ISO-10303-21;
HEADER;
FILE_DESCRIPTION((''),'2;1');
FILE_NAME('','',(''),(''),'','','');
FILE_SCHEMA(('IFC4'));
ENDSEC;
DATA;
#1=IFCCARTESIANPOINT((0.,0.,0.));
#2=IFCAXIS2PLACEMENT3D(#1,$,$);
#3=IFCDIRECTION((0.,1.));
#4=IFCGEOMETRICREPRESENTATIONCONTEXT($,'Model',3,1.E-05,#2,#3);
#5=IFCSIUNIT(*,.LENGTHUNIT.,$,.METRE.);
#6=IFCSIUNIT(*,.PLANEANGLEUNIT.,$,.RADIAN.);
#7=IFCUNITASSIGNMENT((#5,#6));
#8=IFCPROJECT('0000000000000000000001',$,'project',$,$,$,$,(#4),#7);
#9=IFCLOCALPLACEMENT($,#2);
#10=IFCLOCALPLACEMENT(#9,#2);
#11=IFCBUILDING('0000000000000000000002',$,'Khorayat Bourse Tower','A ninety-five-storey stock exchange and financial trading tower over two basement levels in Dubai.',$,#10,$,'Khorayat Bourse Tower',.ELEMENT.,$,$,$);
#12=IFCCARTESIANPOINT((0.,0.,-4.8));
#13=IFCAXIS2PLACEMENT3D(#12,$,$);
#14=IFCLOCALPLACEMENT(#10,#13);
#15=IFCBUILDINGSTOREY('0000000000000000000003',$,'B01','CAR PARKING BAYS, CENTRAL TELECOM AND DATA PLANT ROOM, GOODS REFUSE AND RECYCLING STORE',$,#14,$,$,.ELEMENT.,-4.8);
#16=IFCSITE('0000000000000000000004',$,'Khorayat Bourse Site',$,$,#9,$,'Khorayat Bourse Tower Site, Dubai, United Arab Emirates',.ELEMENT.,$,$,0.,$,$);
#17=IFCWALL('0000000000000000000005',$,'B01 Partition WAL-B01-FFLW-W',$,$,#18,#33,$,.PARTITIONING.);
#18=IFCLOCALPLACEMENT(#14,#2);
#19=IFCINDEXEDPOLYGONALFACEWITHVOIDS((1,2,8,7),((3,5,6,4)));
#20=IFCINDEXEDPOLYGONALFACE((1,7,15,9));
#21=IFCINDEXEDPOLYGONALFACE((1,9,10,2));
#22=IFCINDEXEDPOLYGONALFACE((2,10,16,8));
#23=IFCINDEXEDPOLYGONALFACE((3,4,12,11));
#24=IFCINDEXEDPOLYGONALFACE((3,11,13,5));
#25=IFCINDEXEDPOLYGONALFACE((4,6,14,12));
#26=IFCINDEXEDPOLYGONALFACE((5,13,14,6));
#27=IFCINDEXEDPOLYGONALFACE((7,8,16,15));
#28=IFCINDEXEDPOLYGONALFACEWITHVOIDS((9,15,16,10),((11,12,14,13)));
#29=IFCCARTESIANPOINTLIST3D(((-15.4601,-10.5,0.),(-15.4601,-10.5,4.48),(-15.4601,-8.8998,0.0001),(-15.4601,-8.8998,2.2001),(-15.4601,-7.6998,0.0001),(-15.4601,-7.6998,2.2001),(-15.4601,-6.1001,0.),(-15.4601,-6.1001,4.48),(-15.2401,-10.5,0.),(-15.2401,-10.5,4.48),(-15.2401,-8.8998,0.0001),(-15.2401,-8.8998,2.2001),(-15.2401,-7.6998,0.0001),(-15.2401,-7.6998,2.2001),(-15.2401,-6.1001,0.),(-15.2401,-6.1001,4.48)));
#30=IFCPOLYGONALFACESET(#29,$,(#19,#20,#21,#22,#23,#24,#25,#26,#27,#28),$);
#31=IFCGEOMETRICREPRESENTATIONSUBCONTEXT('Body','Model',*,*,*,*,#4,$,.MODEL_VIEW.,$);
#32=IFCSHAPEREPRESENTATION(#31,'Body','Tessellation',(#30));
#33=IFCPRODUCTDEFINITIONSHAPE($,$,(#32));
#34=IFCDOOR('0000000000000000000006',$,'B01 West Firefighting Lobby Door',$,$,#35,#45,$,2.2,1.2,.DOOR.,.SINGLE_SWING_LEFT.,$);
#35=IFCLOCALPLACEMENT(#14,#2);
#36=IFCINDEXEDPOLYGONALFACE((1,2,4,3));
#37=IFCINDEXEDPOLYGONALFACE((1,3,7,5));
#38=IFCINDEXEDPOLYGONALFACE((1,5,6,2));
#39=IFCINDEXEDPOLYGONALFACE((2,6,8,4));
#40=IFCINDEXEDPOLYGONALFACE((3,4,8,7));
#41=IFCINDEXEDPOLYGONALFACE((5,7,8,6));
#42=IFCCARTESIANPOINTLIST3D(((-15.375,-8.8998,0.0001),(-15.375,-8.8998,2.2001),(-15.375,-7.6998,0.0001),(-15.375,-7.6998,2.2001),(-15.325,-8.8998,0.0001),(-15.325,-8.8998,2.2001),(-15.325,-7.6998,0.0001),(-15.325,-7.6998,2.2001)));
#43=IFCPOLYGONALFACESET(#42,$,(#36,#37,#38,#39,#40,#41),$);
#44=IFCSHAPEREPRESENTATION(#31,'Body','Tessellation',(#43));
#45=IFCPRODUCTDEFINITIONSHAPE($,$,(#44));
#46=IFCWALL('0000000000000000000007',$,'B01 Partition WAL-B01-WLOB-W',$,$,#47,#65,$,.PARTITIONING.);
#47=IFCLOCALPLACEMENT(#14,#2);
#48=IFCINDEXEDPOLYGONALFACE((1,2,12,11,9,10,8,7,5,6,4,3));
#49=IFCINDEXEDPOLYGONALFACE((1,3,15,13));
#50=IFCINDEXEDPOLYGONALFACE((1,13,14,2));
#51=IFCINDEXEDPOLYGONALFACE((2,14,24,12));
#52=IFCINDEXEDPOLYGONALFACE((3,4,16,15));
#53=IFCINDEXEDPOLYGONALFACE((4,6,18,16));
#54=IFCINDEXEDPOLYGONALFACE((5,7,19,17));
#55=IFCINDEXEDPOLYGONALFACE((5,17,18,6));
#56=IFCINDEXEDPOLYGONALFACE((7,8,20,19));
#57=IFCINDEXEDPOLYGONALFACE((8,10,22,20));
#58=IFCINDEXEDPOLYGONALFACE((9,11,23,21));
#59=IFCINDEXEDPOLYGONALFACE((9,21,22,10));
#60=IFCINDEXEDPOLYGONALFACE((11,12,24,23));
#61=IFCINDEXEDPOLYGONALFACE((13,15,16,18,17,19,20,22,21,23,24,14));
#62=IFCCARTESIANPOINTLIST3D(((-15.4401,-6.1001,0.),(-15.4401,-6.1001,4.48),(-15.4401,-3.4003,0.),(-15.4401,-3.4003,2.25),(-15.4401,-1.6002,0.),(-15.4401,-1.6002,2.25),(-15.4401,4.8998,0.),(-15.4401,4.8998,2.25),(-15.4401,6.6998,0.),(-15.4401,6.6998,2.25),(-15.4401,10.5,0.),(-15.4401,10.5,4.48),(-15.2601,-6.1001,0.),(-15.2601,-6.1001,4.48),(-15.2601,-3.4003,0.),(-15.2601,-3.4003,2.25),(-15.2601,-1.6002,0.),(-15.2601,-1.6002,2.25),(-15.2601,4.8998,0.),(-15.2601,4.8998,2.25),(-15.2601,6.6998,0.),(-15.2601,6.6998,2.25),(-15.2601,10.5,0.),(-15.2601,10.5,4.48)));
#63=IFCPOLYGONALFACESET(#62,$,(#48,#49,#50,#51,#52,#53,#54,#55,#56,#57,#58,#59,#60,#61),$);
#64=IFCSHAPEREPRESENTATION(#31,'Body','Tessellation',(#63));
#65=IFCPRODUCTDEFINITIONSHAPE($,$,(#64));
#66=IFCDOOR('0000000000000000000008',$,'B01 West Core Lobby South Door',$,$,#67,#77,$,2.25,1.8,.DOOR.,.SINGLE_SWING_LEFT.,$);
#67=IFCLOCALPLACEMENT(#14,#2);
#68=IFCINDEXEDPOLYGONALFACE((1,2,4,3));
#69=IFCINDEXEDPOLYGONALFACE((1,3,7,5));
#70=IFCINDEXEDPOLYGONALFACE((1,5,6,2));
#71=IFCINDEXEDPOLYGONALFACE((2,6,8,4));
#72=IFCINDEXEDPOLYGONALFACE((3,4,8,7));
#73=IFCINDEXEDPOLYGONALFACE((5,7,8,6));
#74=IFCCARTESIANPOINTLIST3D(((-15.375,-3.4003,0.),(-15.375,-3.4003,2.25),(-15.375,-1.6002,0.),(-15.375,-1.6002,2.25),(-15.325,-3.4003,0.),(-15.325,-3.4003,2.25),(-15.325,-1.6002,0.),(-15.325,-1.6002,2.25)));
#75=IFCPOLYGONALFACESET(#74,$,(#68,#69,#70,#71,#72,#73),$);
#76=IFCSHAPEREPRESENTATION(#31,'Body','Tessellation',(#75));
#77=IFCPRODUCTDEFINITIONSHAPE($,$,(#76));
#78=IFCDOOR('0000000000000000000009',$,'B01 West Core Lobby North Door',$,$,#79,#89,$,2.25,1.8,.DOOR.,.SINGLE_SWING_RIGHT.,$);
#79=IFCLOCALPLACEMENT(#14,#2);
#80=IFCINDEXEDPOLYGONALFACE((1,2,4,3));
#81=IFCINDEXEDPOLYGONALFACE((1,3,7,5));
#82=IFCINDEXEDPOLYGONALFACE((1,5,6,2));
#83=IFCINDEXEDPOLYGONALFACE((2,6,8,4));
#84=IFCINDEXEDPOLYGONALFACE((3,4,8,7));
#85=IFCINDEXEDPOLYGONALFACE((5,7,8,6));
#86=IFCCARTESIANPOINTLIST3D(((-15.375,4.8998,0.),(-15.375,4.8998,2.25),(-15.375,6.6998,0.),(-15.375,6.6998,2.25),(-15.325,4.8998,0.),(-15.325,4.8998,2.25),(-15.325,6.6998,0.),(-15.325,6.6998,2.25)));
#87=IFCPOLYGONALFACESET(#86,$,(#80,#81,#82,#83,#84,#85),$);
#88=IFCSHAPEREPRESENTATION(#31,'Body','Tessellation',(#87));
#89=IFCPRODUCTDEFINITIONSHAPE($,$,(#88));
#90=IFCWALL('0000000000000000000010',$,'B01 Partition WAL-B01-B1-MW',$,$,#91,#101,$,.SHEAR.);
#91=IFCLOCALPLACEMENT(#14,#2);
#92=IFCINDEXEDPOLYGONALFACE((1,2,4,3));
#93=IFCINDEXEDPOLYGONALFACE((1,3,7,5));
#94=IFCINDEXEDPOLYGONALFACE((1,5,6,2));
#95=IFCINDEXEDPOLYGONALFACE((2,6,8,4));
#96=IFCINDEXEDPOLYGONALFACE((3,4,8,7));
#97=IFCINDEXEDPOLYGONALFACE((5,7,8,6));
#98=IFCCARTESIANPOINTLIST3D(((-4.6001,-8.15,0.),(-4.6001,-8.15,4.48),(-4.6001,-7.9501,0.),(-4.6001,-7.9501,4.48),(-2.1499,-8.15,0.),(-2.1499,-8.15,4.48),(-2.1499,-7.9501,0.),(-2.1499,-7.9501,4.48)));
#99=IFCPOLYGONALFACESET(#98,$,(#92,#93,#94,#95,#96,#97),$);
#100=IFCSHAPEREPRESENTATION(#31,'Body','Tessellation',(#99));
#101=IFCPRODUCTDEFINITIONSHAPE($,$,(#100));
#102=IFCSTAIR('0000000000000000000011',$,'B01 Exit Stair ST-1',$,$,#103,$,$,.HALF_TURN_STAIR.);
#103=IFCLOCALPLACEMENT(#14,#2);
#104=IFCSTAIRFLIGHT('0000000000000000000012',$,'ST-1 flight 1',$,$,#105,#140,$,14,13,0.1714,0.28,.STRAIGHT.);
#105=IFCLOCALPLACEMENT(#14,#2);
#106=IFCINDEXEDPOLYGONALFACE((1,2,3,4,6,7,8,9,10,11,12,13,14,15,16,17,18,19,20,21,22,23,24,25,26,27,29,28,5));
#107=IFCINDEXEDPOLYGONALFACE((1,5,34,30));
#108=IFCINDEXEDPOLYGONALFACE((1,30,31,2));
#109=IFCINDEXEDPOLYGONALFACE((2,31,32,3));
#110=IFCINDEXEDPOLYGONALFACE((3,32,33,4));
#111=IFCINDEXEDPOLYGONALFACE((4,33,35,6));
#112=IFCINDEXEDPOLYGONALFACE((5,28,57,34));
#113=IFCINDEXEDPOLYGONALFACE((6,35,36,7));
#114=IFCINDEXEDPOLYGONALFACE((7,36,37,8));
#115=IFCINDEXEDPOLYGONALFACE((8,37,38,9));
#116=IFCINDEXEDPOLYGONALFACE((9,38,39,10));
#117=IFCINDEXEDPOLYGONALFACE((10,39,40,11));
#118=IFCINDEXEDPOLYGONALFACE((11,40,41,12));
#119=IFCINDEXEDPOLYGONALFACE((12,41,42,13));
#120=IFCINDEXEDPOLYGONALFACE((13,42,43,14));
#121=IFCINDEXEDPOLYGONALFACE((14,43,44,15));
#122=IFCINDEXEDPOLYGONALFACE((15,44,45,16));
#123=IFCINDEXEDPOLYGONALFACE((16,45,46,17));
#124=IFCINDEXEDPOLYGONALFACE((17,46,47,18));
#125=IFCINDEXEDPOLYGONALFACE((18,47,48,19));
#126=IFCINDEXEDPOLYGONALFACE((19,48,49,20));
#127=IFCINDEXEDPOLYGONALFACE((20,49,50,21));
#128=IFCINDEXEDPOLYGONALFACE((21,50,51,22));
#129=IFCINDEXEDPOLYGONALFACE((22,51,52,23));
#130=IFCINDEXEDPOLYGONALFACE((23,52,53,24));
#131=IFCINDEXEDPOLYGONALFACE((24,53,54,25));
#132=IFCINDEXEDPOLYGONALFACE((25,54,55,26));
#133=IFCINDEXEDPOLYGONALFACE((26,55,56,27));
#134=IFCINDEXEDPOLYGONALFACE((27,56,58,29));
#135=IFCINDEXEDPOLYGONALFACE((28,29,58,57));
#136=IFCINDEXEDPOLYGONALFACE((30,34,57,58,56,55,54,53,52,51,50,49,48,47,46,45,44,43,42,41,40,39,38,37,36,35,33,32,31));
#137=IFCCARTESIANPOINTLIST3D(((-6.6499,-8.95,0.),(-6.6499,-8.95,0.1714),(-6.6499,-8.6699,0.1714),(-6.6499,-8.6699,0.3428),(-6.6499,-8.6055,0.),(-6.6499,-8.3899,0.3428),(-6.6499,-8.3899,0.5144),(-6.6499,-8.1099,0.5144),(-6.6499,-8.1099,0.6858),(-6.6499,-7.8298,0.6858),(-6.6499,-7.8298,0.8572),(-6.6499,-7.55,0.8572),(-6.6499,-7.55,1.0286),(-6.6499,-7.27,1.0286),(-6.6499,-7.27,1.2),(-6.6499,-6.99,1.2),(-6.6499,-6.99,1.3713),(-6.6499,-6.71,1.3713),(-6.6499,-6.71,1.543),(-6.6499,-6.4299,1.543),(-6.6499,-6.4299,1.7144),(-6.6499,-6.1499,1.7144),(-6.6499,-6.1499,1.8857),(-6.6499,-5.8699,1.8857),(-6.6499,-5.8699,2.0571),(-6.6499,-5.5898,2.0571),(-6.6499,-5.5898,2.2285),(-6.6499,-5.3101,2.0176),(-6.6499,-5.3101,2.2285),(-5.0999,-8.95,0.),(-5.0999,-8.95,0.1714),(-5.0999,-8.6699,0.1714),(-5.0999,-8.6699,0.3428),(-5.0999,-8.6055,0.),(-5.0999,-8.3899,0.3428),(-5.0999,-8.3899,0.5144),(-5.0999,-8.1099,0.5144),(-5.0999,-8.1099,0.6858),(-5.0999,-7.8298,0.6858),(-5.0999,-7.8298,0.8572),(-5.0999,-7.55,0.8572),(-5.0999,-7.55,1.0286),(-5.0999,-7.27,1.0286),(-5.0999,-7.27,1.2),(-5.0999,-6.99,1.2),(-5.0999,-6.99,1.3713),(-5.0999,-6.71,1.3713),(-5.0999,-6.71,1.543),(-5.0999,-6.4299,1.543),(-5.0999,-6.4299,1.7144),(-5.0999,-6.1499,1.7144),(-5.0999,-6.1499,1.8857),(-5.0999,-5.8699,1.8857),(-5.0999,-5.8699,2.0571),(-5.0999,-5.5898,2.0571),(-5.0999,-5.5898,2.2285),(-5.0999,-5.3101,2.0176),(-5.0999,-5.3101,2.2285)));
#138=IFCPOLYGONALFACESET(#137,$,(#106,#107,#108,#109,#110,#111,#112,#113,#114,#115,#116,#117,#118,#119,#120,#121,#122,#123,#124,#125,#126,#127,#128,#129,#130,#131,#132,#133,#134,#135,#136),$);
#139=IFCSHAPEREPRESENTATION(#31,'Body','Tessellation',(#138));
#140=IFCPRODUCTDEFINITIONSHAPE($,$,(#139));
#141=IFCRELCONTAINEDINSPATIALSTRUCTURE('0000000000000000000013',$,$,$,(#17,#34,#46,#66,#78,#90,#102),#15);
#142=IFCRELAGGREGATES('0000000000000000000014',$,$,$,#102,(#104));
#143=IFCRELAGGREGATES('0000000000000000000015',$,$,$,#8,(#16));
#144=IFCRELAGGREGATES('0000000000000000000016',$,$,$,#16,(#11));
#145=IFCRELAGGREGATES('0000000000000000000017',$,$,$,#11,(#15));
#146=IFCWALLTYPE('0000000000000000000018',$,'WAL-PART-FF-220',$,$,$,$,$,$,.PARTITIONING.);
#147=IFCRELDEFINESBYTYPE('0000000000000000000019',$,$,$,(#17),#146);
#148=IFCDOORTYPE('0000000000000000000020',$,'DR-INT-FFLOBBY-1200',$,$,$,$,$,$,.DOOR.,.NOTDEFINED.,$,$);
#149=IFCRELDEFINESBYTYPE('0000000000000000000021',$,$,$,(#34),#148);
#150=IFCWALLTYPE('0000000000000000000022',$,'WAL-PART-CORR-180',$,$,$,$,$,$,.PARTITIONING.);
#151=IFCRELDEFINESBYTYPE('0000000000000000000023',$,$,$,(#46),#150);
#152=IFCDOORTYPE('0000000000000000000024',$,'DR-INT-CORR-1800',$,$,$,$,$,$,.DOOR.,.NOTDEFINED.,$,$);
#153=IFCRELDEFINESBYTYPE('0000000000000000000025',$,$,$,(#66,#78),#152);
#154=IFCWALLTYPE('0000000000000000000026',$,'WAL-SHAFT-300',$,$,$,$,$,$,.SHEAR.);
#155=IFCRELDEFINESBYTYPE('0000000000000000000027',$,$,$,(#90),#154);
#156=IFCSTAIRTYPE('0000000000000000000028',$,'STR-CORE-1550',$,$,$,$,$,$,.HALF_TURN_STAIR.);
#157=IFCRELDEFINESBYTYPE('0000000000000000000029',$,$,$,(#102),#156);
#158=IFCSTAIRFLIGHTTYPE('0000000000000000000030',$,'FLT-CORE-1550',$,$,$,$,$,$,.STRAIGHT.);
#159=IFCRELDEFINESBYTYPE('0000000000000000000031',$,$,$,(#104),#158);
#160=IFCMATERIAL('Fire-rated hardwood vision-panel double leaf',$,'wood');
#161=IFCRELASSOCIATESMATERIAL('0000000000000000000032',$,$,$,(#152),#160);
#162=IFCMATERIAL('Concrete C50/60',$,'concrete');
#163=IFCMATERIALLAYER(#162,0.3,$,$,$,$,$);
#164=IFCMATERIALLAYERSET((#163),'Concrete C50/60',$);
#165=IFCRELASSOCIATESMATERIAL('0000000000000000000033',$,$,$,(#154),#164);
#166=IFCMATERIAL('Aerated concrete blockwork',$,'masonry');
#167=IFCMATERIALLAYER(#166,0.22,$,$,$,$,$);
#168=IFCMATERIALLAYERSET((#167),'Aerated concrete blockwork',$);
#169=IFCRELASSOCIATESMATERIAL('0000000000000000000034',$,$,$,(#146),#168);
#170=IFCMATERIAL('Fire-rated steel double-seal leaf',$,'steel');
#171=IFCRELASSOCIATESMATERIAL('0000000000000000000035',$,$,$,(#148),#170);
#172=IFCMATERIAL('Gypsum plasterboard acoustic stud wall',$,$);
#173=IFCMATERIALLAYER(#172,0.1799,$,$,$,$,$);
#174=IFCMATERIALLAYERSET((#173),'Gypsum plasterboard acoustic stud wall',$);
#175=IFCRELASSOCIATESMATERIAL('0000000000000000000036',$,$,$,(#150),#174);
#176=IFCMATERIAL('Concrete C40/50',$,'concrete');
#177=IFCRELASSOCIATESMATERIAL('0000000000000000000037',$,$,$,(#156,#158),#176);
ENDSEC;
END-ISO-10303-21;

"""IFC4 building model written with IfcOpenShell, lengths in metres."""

from ifc_helpers import new_model, si_unit, direction, frame, frame_2d, origin, place, context, subcontext, project, spatial, polyline, rectangle, outline, extrude, source, transform, mapped, material, layer, layer_set, type_object, element, fill, aggregate, save


model = new_model("IFC4")

# Units and contexts
model_context = context("Model", 3, precision=1e-05, world=origin(), true_north=direction((0.0, 1.0)))
body_context = subcontext(model_context, "Body", "Model", "MODEL_VIEW")
ifc_project = project(units=[si_unit("LENGTHUNIT", "METRE"), si_unit("PLANEANGLEUNIT", "RADIAN")], contexts=[model_context])

# Site, building, storey
site_placement = place(None, origin())
site = spatial("IfcSite", under=ifc_project, at=site_placement, Name="Khorayat Bourse Site", LongName="Khorayat Bourse Tower Site, Dubai, United Arab Emirates", CompositionType="ELEMENT", RefElevation=0.0)
building_placement = place(site_placement, origin())
building = spatial("IfcBuilding", under=site, at=building_placement, Name="Khorayat Bourse Tower", Description="A ninety-five-storey stock exchange and financial trading tower over two basement levels in Dubai.", LongName="Khorayat Bourse Tower", CompositionType="ELEMENT")
storey_placement = place(building_placement, frame((0.0, 0.0, -4.8)))
storey = spatial("IfcBuildingStorey", under=building, at=storey_placement, Name="B01", Description="CAR PARKING BAYS, CENTRAL TELECOM AND DATA PLANT ROOM, GOODS REFUSE AND RECYCLING STORE", CompositionType="ELEMENT", Elevation=-4.8)

# Shared definitions
ifc_material_1 = material(Name="Fire-rated hardwood vision-panel double leaf", Category="wood")
door_type_1 = type_object("IfcDoorType", Name="DR-INT-CORR-1800", OperationType="NOTDEFINED", PredefinedType="DOOR", material=ifc_material_1)
shared_shape_1 = source(origin(), body_context, "Body", "SweptSolid", [
    extrude(rectangle(XDim=1.8, YDim=2.25, at=frame_2d((0.8999, 1.125))), frame((0.0, 0.0249, 0.0), z_axis=(0.0, -1.0, 0.0), x_axis=(1.0, 0.0, 0.0)), (0.0, 0.0, 1.0), 0.05),
])

# Shared definitions
ifc_material_2 = material(Name="Concrete C50/60", Category="concrete")
ifc_layer_1 = layer(ifc_material_2, 0.3)
ifc_layer_set_1 = layer_set([ifc_layer_1], Name="Concrete C50/60")
wall_type_1 = type_object("IfcWallType", Name="WAL-SHAFT-300", PredefinedType="SHEAR", material=ifc_layer_set_1)
ifc_material_3 = material(Name="Aerated concrete blockwork", Category="masonry")
ifc_layer_2 = layer(ifc_material_3, 0.22)
ifc_layer_set_2 = layer_set([ifc_layer_2], Name="Aerated concrete blockwork")
wall_type_2 = type_object("IfcWallType", Name="WAL-PART-FF-220", PredefinedType="PARTITIONING", material=ifc_layer_set_2)

# Wall, opening, door
shared_shape_2 = source(origin(), body_context, "Body", "SweptSolid", [
    extrude(rectangle(XDim=4.3999, YDim=0.22, at=frame_2d((2.2, 0.0))), origin(), (0.0, 0.0, 1.0), 4.48),
])
wall_1_placement = place(storey_placement, frame((-15.3501, -10.5, 0.0), z_axis=(0.0, 0.0, 1.0), x_axis=(0.0, 1.0, 0.0)))
wall_1 = element("IfcWall", 1, at=wall_1_placement, inside=storey, type_object=wall_type_2, Name="B01 Partition WAL-B01-FFLW-W", PredefinedType="PARTITIONING", context=body_context, shape_type="MappedRepresentation", body=[
    mapped(shared_shape_2, transform((0.0, 0.0, 0.0), scale=1.0)),
])
shared_shape_3 = source(origin(), body_context, "Body", "SweptSolid", [
    extrude(rectangle(XDim=1.2, YDim=2.2, at=frame_2d((0.6001, 1.1001))), frame((0.0, 0.1199, 0.0), z_axis=(0.0, -1.0, 0.0), x_axis=(1.0, 0.0, 0.0)), (0.0, 0.0, 1.0), 0.24),
])
opening_1_placement = place(wall_1_placement, frame((1.6001, 0.0, 0.0)))
opening_1 = element("IfcOpeningElement", 2, at=opening_1_placement, cuts=wall_1, PredefinedType="OPENING", context=body_context, shape_type="MappedRepresentation", body=[
    mapped(shared_shape_3, transform((0.0, 0.0, 0.0), scale=1.0)),
])
ifc_material_4 = material(Name="Fire-rated steel double-seal leaf", Category="steel")
door_type_2 = type_object("IfcDoorType", Name="DR-INT-FFLOBBY-1200", OperationType="NOTDEFINED", PredefinedType="DOOR", material=ifc_material_4)
shared_shape_4 = source(origin(), body_context, "Body", "SweptSolid", [
    extrude(rectangle(XDim=1.2, YDim=2.2, at=frame_2d((0.6001, 1.1001))), frame((0.0, 0.0249, 0.0), z_axis=(0.0, -1.0, 0.0), x_axis=(1.0, 0.0, 0.0)), (0.0, 0.0, 1.0), 0.05),
])
door_1_placement = place(opening_1_placement, origin())
door_1 = element("IfcDoor", 3, at=door_1_placement, inside=storey, type_object=door_type_2, Name="B01 West Firefighting Lobby Door", OperationType="SINGLE_SWING_LEFT", OverallHeight=2.2, OverallWidth=1.2, PredefinedType="DOOR", context=body_context, shape_type="MappedRepresentation", body=[
    mapped(shared_shape_4, transform((0.0, 0.0, 0.0), scale=1.0)),
])
fill(opening_1, door_1)

# Wall, openings, doors
ifc_material_5 = material(Name="Gypsum plasterboard acoustic stud wall")
ifc_layer_3 = layer(ifc_material_5, 0.1799)
ifc_layer_set_3 = layer_set([ifc_layer_3], Name="Gypsum plasterboard acoustic stud wall")
wall_type_3 = type_object("IfcWallType", Name="WAL-PART-CORR-180", PredefinedType="PARTITIONING", material=ifc_layer_set_3)
shared_shape_5 = source(origin(), body_context, "Body", "SweptSolid", [
    extrude(rectangle(XDim=16.6001, YDim=0.1799, at=frame_2d((8.3, 0.0))), origin(), (0.0, 0.0, 1.0), 4.48),
])
wall_2_placement = place(storey_placement, frame((-15.3501, -6.1001, 0.0), z_axis=(0.0, 0.0, 1.0), x_axis=(0.0, 1.0, 0.0)))
wall_2 = element("IfcWall", 4, at=wall_2_placement, inside=storey, type_object=wall_type_3, Name="B01 Partition WAL-B01-WLOB-W", PredefinedType="PARTITIONING", context=body_context, shape_type="MappedRepresentation", body=[
    mapped(shared_shape_5, transform((0.0, 0.0, 0.0), scale=1.0)),
])
shared_shape_6 = source(origin(), body_context, "Body", "SweptSolid", [
    extrude(rectangle(XDim=1.8, YDim=2.25, at=frame_2d((0.8999, 1.125))), frame((0.0, 0.0999, 0.0), z_axis=(0.0, -1.0, 0.0), x_axis=(1.0, 0.0, 0.0)), (0.0, 0.0, 1.0), 0.2),
])
opening_2_placement = place(wall_2_placement, frame((2.7, 0.0, 0.0)))
opening_2 = element("IfcOpeningElement", 5, at=opening_2_placement, cuts=wall_2, PredefinedType="OPENING", context=body_context, shape_type="MappedRepresentation", body=[
    mapped(shared_shape_6, transform((0.0, 0.0, 0.0), scale=1.0)),
])
opening_3_placement = place(wall_2_placement, frame((11.0, 0.0, 0.0)))
opening_3 = element("IfcOpeningElement", 6, at=opening_3_placement, cuts=wall_2, PredefinedType="OPENING", context=body_context, shape_type="MappedRepresentation", body=[
    mapped(shared_shape_6, transform((0.0, 0.0, 0.0), scale=1.0)),
])
door_2_placement = place(opening_2_placement, origin())
door_2 = element("IfcDoor", 7, at=door_2_placement, inside=storey, type_object=door_type_1, Name="B01 West Core Lobby South Door", OperationType="SINGLE_SWING_LEFT", OverallHeight=2.25, OverallWidth=1.8, PredefinedType="DOOR", context=body_context, shape_type="MappedRepresentation", body=[
    mapped(shared_shape_1, transform((0.0, 0.0, 0.0), scale=1.0)),
])
fill(opening_2, door_2)
door_3_placement = place(opening_3_placement, origin())
door_3 = element("IfcDoor", 8, at=door_3_placement, inside=storey, type_object=door_type_1, Name="B01 West Core Lobby North Door", OperationType="SINGLE_SWING_RIGHT", OverallHeight=2.25, OverallWidth=1.8, PredefinedType="DOOR", context=body_context, shape_type="MappedRepresentation", body=[
    mapped(shared_shape_1, transform((0.0, 0.0, 0.0), scale=1.0)),
])
fill(opening_3, door_3)

# Wall
shared_shape_7 = source(origin(), body_context, "Body", "SweptSolid", [
    extrude(rectangle(XDim=2.4502, YDim=0.2, at=frame_2d((1.2251, 0.0))), origin(), (0.0, 0.0, 1.0), 4.48),
])
wall_3_placement = place(storey_placement, frame((-4.6001, -8.05, 0.0), z_axis=(0.0, 0.0, 1.0), x_axis=(1.0, 0.0, 0.0)))
element("IfcWall", 9, at=wall_3_placement, inside=storey, type_object=wall_type_1, Name="B01 Partition WAL-B01-B1-MW", PredefinedType="SHEAR", context=body_context, shape_type="MappedRepresentation", body=[
    mapped(shared_shape_7, transform((0.0, 0.0, 0.0), scale=1.0)),
])

# Stair, stair flight
ifc_material_6 = material(Name="Concrete C40/50", Category="concrete")
stair_type = type_object("IfcStairType", Name="STR-CORE-1550", PredefinedType="HALF_TURN_STAIR", material=ifc_material_6)
stair_placement = place(storey_placement, origin())
stair = element("IfcStair", 10, at=stair_placement, inside=storey, type_object=stair_type, Name="B01 Exit Stair ST-1", PredefinedType="HALF_TURN_STAIR")
stair_flight_type = type_object("IfcStairFlightType", Name="FLT-CORE-1550", PredefinedType="STRAIGHT", material=ifc_material_6)
shared_shape_8 = source(origin(), body_context, "Body", "SweptSolid", [
    extrude(outline(polyline([(0.0, 0.0), (0.0, 0.1714), (0.28, 0.1714), (0.28, 0.3428), (0.5601, 0.3428), (0.5601, 0.5144), (0.8401, 0.5144), (0.8401, 0.6858), (1.1201, 0.6858), (1.1201, 0.8572), (1.3999, 0.8572), (1.3999, 1.0286), (1.6799, 1.0286), (1.6799, 1.2), (1.96, 1.2), (1.96, 1.3713), (2.24, 1.3713), (2.24, 1.543), (2.52, 1.543), (2.52, 1.7144), (2.8, 1.7144), (2.8, 1.8857), (3.0801, 1.8857), (3.0801, 2.0571), (3.3601, 2.0571), (3.3601, 2.2285), (3.6399, 2.2285), (3.6399, 2.3999), (3.6399, 2.0176), (0.3445, 0.0), (0.0, 0.0)])), frame((0.0, 0.7749, 0.0), z_axis=(0.0, -1.0, 0.0), x_axis=(1.0, 0.0, 0.0)), (0.0, 0.0, 1.0), 1.55),
])
stair_flight_placement = place(storey_placement, frame((-5.875, -8.95, 0.0), z_axis=(0.0, 0.0, 1.0), x_axis=(0.0, 1.0, 0.0)))
stair_flight = element("IfcStairFlight", 11, at=stair_flight_placement, type_object=stair_flight_type, Name="ST-1 flight 1", NumberOfRisers=14, NumberOfTreads=13, PredefinedType="STRAIGHT", RiserHeight=0.1714, TreadLength=0.28, context=body_context, shape_type="MappedRepresentation", body=[
    mapped(shared_shape_8, transform((0.0, 0.0, 0.0), scale=1.0)),
])
aggregate(stair, [stair_flight])

save(model, "model.ifc")
